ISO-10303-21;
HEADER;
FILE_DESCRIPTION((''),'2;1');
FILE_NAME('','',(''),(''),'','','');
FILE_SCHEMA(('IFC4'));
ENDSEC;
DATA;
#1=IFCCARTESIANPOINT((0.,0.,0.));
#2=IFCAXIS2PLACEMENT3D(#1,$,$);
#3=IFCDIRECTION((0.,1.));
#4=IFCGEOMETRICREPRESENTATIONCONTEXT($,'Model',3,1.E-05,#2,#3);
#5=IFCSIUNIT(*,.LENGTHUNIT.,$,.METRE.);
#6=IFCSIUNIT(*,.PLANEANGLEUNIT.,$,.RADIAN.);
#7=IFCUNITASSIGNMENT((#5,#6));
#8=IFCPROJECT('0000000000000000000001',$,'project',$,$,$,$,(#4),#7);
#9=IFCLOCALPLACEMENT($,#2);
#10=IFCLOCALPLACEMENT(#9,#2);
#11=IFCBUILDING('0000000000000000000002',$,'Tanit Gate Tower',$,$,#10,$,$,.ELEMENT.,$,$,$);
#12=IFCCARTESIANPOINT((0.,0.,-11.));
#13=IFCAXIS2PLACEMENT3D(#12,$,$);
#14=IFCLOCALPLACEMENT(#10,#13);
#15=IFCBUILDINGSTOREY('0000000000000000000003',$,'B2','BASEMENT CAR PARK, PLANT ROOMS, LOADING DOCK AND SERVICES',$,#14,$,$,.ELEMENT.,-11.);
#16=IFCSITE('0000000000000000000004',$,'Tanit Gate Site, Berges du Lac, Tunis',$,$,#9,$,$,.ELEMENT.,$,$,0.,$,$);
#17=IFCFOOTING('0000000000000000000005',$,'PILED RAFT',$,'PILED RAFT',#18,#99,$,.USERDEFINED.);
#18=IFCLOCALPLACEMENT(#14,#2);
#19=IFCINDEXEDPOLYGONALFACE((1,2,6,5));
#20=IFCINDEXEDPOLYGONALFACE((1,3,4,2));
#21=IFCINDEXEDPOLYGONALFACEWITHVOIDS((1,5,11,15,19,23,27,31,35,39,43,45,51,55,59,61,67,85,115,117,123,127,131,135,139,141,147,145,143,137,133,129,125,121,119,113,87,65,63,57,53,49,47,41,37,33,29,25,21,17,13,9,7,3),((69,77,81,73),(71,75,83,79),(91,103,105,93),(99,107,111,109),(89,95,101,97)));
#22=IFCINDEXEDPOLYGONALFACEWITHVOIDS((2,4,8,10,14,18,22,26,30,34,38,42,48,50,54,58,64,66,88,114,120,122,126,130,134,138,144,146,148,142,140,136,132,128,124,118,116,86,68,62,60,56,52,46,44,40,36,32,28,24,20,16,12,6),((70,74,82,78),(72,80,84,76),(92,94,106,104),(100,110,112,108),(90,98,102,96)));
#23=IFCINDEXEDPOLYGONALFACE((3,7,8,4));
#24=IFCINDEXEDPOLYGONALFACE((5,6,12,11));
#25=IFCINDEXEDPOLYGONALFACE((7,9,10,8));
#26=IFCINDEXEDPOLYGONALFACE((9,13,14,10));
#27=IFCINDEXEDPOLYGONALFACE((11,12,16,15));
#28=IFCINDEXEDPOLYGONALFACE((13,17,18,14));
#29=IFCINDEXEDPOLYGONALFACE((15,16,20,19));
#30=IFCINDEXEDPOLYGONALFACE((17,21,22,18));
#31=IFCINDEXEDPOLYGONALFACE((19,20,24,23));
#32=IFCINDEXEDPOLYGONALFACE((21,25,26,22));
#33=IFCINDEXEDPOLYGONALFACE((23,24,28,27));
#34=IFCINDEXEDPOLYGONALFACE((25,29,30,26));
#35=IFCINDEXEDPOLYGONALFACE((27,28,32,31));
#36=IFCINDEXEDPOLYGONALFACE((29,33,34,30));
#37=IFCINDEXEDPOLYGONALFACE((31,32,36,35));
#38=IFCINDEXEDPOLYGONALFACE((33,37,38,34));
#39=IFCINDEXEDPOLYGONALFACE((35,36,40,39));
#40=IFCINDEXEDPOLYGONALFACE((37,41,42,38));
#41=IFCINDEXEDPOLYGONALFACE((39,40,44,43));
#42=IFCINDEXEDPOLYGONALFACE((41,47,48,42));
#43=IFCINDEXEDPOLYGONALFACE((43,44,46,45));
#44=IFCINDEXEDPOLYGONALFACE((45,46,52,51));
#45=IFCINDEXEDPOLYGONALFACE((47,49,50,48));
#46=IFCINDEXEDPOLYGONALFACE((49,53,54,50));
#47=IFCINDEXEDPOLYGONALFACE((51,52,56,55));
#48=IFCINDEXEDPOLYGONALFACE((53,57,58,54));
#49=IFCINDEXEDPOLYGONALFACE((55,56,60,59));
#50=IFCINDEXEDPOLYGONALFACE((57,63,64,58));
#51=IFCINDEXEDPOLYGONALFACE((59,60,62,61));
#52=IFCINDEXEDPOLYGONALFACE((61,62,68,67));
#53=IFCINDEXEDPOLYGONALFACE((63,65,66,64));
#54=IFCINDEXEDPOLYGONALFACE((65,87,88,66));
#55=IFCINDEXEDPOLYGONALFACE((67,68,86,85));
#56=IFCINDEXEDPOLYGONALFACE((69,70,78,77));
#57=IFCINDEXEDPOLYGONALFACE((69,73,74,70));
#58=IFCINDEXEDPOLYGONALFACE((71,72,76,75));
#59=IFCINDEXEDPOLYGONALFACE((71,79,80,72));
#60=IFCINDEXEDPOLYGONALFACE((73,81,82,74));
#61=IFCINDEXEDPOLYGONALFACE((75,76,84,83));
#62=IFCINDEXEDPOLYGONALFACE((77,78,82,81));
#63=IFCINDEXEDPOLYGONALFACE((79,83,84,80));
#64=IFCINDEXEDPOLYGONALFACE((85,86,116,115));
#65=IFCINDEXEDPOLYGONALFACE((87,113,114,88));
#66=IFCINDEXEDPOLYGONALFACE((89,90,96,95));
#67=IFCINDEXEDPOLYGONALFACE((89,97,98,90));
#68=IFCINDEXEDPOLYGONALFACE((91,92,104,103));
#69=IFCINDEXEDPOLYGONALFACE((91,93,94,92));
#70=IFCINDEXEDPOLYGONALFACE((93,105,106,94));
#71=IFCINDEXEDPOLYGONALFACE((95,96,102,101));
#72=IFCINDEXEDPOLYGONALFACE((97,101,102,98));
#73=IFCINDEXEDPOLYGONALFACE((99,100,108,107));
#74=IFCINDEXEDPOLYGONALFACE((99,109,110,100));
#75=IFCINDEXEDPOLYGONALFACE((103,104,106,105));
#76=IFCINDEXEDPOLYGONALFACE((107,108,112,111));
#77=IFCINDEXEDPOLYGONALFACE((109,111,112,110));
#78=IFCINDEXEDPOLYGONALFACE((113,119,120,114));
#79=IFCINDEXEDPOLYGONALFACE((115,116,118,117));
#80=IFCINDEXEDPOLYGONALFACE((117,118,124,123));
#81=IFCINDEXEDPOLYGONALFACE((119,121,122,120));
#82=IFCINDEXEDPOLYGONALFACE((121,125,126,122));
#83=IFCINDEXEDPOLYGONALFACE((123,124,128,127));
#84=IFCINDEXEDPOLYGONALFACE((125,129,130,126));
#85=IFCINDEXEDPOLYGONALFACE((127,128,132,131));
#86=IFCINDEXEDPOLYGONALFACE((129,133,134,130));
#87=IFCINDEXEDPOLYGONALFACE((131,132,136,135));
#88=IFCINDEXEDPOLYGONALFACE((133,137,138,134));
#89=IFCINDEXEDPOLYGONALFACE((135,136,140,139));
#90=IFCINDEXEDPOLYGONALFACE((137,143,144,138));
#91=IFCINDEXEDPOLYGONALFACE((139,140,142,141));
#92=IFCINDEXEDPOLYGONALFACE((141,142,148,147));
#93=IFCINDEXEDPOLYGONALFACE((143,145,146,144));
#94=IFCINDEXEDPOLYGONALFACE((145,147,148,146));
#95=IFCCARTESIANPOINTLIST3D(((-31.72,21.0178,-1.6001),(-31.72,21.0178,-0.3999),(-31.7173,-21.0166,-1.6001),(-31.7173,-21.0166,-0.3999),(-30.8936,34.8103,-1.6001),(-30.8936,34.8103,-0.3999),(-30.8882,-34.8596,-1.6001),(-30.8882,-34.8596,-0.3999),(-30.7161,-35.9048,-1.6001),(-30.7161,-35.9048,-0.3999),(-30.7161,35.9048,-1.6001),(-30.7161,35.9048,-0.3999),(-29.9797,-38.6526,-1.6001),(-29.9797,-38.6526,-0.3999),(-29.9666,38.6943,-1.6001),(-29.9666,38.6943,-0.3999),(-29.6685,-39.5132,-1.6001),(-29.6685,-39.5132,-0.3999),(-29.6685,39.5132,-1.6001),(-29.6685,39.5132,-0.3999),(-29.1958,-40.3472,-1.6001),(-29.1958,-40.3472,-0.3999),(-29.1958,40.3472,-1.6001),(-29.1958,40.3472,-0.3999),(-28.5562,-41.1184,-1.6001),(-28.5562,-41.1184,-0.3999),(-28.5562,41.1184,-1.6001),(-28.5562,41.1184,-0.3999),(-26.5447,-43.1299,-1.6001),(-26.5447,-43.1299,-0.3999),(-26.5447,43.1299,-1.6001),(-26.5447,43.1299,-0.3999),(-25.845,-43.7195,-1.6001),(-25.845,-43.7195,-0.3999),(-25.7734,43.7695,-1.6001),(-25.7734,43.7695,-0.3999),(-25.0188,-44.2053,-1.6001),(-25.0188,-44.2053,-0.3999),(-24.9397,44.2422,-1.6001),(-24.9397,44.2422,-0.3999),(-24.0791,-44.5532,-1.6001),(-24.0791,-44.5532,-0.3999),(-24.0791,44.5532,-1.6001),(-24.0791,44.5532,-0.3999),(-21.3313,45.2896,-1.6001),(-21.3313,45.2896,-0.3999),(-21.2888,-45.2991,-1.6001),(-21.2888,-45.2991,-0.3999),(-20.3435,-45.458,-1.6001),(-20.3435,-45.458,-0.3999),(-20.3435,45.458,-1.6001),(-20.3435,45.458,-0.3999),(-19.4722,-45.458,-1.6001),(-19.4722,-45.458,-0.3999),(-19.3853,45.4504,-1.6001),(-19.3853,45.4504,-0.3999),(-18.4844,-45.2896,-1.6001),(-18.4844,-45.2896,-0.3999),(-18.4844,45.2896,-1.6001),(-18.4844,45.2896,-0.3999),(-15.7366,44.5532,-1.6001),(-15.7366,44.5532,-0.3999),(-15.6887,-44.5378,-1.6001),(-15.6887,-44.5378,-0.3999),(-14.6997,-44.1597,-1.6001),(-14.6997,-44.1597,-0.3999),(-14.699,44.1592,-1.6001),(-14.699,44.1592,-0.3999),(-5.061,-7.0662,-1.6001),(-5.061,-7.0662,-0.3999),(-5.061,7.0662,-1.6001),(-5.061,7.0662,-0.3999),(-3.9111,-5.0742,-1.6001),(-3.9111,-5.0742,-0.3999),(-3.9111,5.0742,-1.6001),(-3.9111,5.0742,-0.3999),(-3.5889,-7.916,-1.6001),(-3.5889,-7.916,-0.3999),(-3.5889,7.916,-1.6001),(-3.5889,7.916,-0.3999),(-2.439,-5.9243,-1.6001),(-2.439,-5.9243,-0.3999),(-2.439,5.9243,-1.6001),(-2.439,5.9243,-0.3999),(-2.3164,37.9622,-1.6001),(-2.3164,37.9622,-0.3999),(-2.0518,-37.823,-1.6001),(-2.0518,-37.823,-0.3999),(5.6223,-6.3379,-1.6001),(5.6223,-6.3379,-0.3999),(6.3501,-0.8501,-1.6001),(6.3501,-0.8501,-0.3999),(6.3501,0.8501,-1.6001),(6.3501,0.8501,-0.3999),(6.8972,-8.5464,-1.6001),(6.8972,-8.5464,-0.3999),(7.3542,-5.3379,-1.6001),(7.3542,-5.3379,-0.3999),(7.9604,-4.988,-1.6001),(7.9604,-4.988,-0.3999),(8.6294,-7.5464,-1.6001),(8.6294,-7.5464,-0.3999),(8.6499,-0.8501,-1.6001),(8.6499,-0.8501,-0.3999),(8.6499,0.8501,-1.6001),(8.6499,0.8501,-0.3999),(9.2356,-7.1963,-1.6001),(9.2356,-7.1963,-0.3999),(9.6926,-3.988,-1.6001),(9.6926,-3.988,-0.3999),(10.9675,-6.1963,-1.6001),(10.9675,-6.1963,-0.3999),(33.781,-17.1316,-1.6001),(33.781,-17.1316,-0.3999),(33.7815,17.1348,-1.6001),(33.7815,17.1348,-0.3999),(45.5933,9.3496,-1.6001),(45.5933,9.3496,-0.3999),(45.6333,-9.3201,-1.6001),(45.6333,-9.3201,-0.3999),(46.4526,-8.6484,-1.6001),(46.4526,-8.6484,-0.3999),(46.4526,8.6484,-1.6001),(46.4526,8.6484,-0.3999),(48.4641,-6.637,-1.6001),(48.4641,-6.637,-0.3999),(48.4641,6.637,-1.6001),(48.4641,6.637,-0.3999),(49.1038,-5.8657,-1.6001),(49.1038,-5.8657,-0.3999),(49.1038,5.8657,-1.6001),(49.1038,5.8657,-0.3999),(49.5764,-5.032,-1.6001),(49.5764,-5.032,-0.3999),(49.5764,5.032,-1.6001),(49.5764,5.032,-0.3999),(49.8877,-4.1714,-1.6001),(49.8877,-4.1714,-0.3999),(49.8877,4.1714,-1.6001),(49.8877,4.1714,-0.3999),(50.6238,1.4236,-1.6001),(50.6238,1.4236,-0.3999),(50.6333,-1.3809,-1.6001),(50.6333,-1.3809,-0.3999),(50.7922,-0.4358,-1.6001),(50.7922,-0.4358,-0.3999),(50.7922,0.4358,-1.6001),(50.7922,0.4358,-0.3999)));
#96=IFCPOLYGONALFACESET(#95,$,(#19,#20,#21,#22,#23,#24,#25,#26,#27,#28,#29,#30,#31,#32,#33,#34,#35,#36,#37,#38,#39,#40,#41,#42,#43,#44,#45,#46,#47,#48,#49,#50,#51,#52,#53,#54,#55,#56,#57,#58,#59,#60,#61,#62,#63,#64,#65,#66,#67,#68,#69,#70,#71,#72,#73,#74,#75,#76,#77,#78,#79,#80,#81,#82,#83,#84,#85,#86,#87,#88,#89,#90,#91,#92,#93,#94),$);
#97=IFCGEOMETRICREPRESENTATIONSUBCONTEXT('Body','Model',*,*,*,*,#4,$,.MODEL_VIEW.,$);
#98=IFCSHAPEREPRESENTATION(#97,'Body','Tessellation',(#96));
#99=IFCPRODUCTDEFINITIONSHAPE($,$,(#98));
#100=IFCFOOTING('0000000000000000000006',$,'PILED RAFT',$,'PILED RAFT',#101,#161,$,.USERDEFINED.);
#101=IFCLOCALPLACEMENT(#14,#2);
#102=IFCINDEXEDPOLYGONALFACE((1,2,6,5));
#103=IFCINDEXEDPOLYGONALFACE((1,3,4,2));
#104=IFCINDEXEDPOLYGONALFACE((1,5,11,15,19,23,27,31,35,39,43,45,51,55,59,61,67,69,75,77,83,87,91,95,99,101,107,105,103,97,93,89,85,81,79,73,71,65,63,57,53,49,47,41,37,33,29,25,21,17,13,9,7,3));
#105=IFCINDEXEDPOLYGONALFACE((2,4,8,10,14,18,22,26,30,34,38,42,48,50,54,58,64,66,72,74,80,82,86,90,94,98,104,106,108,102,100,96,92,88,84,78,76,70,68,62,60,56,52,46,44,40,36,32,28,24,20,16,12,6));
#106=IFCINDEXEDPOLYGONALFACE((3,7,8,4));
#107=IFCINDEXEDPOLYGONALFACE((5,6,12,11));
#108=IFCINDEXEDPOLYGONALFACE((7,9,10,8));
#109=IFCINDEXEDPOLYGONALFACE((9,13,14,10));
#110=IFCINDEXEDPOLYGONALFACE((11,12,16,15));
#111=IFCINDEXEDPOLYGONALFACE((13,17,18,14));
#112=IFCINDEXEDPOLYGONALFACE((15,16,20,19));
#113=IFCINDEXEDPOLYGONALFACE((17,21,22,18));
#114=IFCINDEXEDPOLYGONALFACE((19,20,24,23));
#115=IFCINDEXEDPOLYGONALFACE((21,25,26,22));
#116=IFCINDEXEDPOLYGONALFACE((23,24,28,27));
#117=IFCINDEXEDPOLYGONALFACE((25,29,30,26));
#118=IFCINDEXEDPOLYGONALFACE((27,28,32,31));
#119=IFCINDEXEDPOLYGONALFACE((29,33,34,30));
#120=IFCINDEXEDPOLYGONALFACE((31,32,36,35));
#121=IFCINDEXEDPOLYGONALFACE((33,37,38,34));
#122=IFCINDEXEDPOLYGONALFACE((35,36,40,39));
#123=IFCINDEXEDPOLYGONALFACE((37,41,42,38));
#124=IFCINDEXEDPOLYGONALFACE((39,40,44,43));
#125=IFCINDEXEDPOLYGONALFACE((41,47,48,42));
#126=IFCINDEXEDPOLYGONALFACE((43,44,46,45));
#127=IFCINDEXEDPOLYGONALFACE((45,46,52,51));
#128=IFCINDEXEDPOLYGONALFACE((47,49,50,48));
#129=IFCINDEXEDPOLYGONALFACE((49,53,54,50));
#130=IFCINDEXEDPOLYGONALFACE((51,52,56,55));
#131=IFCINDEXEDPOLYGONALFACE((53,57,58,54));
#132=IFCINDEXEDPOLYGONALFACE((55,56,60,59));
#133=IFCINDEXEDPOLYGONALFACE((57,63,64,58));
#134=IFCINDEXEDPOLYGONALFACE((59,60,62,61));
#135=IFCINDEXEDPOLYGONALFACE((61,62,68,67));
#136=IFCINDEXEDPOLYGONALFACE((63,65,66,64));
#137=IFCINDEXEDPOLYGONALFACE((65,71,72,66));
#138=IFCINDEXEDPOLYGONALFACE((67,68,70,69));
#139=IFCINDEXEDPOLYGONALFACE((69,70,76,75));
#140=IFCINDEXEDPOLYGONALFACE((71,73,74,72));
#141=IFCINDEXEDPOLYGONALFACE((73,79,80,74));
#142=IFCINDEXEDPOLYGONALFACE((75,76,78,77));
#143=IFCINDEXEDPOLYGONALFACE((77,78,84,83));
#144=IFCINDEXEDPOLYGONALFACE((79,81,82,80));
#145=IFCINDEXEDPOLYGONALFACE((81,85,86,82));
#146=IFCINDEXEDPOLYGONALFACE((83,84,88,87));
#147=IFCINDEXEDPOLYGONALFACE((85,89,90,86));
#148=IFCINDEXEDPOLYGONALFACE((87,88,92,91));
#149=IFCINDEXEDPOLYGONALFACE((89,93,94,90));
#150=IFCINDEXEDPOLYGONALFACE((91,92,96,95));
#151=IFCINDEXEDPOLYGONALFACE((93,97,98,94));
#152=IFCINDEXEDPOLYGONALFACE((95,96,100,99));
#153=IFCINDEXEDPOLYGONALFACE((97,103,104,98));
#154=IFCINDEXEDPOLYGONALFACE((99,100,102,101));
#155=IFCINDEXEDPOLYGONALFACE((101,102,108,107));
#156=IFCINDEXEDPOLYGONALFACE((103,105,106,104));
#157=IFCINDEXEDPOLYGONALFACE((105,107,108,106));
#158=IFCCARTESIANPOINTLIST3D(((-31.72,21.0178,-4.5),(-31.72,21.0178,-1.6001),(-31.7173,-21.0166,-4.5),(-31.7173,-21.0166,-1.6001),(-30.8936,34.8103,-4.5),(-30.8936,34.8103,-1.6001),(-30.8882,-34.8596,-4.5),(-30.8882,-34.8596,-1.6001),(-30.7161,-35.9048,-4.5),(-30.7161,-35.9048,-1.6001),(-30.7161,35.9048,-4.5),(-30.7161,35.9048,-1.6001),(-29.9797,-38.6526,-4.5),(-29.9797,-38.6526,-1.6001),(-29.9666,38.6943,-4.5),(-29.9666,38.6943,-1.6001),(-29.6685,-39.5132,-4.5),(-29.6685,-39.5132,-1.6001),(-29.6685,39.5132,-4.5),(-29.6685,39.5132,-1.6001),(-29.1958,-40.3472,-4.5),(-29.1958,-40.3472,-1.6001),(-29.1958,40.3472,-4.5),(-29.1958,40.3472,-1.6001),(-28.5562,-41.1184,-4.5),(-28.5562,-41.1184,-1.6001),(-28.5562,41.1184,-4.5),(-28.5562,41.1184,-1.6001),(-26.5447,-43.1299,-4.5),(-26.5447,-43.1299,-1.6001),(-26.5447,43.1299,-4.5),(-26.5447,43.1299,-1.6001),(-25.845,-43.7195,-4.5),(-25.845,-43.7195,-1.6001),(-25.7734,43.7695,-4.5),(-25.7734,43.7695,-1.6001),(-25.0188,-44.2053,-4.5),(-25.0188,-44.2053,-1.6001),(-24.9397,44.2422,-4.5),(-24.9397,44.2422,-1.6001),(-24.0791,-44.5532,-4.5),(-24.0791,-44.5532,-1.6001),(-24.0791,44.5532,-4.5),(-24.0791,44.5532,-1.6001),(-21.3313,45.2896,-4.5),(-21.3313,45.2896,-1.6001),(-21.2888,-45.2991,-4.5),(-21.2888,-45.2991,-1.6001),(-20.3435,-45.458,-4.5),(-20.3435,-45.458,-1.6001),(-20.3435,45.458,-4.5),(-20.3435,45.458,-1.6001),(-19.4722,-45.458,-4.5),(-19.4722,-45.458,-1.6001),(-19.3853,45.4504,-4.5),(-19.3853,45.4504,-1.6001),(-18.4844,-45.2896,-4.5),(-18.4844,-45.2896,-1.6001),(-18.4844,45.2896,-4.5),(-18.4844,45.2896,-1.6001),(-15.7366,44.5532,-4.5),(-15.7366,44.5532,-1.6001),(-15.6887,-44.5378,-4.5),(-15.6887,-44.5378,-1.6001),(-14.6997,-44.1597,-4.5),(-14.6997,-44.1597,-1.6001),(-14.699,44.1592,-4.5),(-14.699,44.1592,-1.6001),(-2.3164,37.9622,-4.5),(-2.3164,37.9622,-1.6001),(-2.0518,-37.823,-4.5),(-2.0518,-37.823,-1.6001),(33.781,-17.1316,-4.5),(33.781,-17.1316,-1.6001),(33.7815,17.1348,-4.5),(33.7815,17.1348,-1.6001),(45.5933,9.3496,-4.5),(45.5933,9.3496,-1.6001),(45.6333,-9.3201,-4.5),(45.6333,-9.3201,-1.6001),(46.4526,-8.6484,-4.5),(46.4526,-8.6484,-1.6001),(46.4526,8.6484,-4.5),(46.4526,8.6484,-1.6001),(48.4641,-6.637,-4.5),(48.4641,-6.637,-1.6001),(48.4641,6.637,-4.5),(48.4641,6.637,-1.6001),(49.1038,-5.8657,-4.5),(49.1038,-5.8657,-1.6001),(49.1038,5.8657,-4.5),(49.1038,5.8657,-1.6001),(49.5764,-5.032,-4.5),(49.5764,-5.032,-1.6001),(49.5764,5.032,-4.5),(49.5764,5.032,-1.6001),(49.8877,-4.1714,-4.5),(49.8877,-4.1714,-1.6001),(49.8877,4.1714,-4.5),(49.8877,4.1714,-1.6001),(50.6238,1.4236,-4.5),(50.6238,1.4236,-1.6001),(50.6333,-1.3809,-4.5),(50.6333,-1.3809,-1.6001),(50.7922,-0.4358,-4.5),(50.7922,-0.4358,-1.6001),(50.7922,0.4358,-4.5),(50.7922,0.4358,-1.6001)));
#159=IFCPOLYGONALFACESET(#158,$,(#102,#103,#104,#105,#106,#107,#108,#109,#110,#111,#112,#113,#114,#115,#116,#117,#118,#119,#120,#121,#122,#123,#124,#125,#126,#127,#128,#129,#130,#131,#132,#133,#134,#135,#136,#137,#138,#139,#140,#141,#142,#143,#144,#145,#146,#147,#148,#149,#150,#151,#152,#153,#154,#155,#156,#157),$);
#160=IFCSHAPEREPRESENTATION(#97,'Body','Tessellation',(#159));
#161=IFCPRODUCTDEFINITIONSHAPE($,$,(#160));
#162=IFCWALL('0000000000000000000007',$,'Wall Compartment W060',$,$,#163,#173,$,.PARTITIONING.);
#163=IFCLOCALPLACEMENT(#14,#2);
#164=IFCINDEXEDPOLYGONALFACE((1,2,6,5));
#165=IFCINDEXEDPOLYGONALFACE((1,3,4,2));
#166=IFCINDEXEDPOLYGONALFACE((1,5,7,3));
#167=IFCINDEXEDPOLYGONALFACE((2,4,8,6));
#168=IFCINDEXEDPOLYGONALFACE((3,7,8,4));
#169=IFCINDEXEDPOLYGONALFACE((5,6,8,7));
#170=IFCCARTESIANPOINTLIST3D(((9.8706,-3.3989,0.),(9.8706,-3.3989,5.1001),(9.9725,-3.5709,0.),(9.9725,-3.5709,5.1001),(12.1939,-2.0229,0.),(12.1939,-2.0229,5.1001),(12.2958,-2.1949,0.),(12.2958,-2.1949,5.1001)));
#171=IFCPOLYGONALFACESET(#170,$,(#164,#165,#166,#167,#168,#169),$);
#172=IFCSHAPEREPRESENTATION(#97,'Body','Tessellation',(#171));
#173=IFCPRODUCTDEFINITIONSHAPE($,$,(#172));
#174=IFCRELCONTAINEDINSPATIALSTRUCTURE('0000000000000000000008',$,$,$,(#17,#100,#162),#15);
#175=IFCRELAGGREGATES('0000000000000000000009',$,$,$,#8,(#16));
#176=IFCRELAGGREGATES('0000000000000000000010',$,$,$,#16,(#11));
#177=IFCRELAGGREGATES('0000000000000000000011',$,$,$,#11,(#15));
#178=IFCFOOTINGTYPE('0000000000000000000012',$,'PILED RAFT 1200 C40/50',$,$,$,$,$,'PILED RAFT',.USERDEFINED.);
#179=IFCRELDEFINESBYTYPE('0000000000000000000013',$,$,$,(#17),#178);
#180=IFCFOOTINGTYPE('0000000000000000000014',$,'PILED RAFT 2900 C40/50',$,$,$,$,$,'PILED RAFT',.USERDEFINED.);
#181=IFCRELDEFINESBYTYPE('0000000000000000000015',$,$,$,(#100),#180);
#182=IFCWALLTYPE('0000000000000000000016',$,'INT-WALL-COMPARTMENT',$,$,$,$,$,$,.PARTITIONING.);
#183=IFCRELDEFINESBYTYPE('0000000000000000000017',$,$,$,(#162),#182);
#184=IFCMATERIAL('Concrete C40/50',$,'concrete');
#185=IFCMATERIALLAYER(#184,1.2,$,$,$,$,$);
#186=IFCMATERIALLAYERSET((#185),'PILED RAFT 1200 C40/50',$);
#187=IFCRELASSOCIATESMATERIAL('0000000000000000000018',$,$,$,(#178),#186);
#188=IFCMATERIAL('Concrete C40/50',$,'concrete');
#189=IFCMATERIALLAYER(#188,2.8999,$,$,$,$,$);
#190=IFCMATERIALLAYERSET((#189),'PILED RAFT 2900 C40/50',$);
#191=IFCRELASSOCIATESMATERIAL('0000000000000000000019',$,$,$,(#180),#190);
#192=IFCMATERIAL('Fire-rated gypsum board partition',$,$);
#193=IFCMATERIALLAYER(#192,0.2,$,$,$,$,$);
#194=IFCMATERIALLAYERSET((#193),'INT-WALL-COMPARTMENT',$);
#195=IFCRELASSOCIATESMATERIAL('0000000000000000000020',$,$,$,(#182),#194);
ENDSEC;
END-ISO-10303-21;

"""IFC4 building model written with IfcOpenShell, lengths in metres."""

from ifc_helpers import new_model, si_unit, direction, frame, frame_2d, origin, place, context, subcontext, project, spatial, polyline, rectangle, outline, extrude, material, layer, layer_set, type_object, element, save


model = new_model("IFC4")

# Units and contexts
model_context = context("Model", 3, precision=1e-05, world=origin(), true_north=direction((0.0, 1.0)))
body_context = subcontext(model_context, "Body", "Model", "MODEL_VIEW")
ifc_project = project(units=[si_unit("LENGTHUNIT", "METRE"), si_unit("PLANEANGLEUNIT", "RADIAN")], contexts=[model_context])

# Site, building, storey
site_placement = place(None, origin())
site = spatial("IfcSite", under=ifc_project, at=site_placement, Name="Tanit Gate Site, Berges du Lac, Tunis", CompositionType="ELEMENT", RefElevation=0.0)
building_placement = place(site_placement, origin())
building = spatial("IfcBuilding", under=site, at=building_placement, Name="Tanit Gate Tower", CompositionType="ELEMENT")
storey_placement = place(building_placement, frame((0.0, 0.0, -11.0)))
storey = spatial("IfcBuildingStorey", under=building, at=storey_placement, Name="B2", Description="BASEMENT CAR PARK, PLANT ROOMS, LOADING DOCK AND SERVICES", CompositionType="ELEMENT", Elevation=-11.0)

# Footings
ifc_material_1 = material(Name="Concrete C40/50", Category="concrete")
ifc_layer_1 = layer(ifc_material_1, 1.2)
ifc_layer_set_1 = layer_set([ifc_layer_1], Name="PILED RAFT 1200 C40/50")
footing_type_1 = type_object("IfcFootingType", Name="PILED RAFT 1200 C40/50", ElementType="PILED RAFT", PredefinedType="USERDEFINED", material=ifc_layer_set_1)
footing_1_placement = place(storey_placement, frame((0.0, 0.0, -1.6001)))
element("IfcFooting", 1, at=footing_1_placement, inside=storey, type_object=footing_type_1, Name="PILED RAFT", ObjectType="PILED RAFT", PredefinedType="USERDEFINED", context=body_context, shape_type="SweptSolid", body=[
    extrude(outline(polyline([(49.1038, 5.8657), (49.5764, 5.032), (49.8877, 4.1714), (50.6238, 1.4236), (50.7922, 0.4358), (50.7922, -0.4358), (50.6333, -1.3809), (49.8877, -4.1714), (49.5764, -5.032), (49.1038, -5.8657), (48.4641, -6.637), (46.4526, -8.6484), (45.6333, -9.3201), (33.781, -17.1316), (-2.0518, -37.823), (-14.6997, -44.1597), (-15.6887, -44.5378), (-18.4844, -45.2896), (-19.4722, -45.458), (-20.3435, -45.458), (-21.2888, -45.2991), (-24.0791, -44.5532), (-25.0188, -44.2053), (-25.845, -43.7195), (-26.5447, -43.1299), (-28.5562, -41.1184), (-29.1958, -40.3472), (-29.6685, -39.5132), (-29.9797, -38.6526), (-30.7161, -35.9048), (-30.8882, -34.8596), (-31.7173, -21.0166), (-31.72, 21.0178), (-30.8936, 34.8103), (-30.7161, 35.9048), (-29.9666, 38.6943), (-29.6685, 39.5132), (-29.1958, 40.3472), (-28.5562, 41.1184), (-26.5447, 43.1299), (-25.7734, 43.7695), (-24.9397, 44.2422), (-24.0791, 44.5532), (-21.3313, 45.2896), (-20.3435, 45.458), (-19.3853, 45.4504), (-18.4844, 45.2896), (-15.7366, 44.5532), (-14.699, 44.1592), (-2.3164, 37.9622), (33.7815, 17.1348), (45.5933, 9.3496), (46.4526, 8.6484), (48.4641, 6.637), (49.1038, 5.8657)]), holes=[polyline([(6.8972, -8.5464), (5.6223, -6.3379), (7.3542, -5.3379), (8.6294, -7.5464), (6.8972, -8.5464)]), polyline([(9.2356, -7.1963), (7.9604, -4.988), (9.6926, -3.988), (10.9675, -6.1963), (9.2356, -7.1963)]), polyline([(6.3501, -0.8501), (6.3501, 0.8501), (8.6499, 0.8501), (8.6499, -0.8501), (6.3501, -0.8501)]), polyline([(-2.439, 5.9243), (-3.9111, 5.0742), (-5.061, 7.0662), (-3.5889, 7.916), (-2.439, 5.9243)]), polyline([(-3.9111, -5.0742), (-2.439, -5.9243), (-3.5889, -7.916), (-5.061, -7.0662), (-3.9111, -5.0742)])]), origin(), (0.0, 0.0, 1.0), 1.2002),
])
ifc_material_2 = material(Name="Concrete C40/50", Category="concrete")
ifc_layer_2 = layer(ifc_material_2, 2.8999)
ifc_layer_set_2 = layer_set([ifc_layer_2], Name="PILED RAFT 2900 C40/50")
footing_type_2 = type_object("IfcFootingType", Name="PILED RAFT 2900 C40/50", ElementType="PILED RAFT", PredefinedType="USERDEFINED", material=ifc_layer_set_2)
footing_2_placement = place(storey_placement, frame((0.0, 0.0, -4.5)))
element("IfcFooting", 2, at=footing_2_placement, inside=storey, type_object=footing_type_2, Name="PILED RAFT", ObjectType="PILED RAFT", PredefinedType="USERDEFINED", context=body_context, shape_type="SweptSolid", body=[
    extrude(outline(polyline([(49.1038, 5.8657), (49.5764, 5.032), (49.8877, 4.1714), (50.6238, 1.4236), (50.7922, 0.4358), (50.7922, -0.4358), (50.6333, -1.3809), (49.8877, -4.1714), (49.5764, -5.032), (49.1038, -5.8657), (48.4641, -6.637), (46.4526, -8.6484), (45.6333, -9.3201), (33.781, -17.1316), (-2.0518, -37.823), (-14.6997, -44.1597), (-15.6887, -44.5378), (-18.4844, -45.2896), (-19.4722, -45.458), (-20.3435, -45.458), (-21.2888, -45.2991), (-24.0791, -44.5532), (-25.0188, -44.2053), (-25.845, -43.7195), (-26.5447, -43.1299), (-28.5562, -41.1184), (-29.1958, -40.3472), (-29.6685, -39.5132), (-29.9797, -38.6526), (-30.7161, -35.9048), (-30.8882, -34.8596), (-31.7173, -21.0166), (-31.72, 21.0178), (-30.8936, 34.8103), (-30.7161, 35.9048), (-29.9666, 38.6943), (-29.6685, 39.5132), (-29.1958, 40.3472), (-28.5562, 41.1184), (-26.5447, 43.1299), (-25.7734, 43.7695), (-24.9397, 44.2422), (-24.0791, 44.5532), (-21.3313, 45.2896), (-20.3435, 45.458), (-19.3853, 45.4504), (-18.4844, 45.2896), (-15.7366, 44.5532), (-14.699, 44.1592), (-2.3164, 37.9622), (33.7815, 17.1348), (45.5933, 9.3496), (46.4526, 8.6484), (48.4641, 6.637), (49.1038, 5.8657)])), origin(), (0.0, 0.0, 1.0), 2.8999),
])

# Wall
ifc_material_3 = material(Name="Fire-rated gypsum board partition")
ifc_layer_3 = layer(ifc_material_3, 0.2)
ifc_layer_set_3 = layer_set([ifc_layer_3], Name="INT-WALL-COMPARTMENT")
wall_type_1 = type_object("IfcWallType", Name="INT-WALL-COMPARTMENT", PredefinedType="PARTITIONING", material=ifc_layer_set_3)
wall_1_placement = place(storey_placement, frame((12.2449, -2.1089, 0.0), z_axis=(0.0, 0.0, 1.0), x_axis=(-0.860415, -0.509594, 0.0)))
element("IfcWall", 3, at=wall_1_placement, inside=storey, type_object=wall_type_1, Name="Wall Compartment W060", PredefinedType="PARTITIONING", context=body_context, shape_type="SweptSolid", body=[
    extrude(rectangle(XDim=2.7002, YDim=0.2, at=frame_2d((1.3501, 0.0))), origin(), (0.0, 0.0, 1.0), 5.1001),
])

save(model, "model.ifc")
